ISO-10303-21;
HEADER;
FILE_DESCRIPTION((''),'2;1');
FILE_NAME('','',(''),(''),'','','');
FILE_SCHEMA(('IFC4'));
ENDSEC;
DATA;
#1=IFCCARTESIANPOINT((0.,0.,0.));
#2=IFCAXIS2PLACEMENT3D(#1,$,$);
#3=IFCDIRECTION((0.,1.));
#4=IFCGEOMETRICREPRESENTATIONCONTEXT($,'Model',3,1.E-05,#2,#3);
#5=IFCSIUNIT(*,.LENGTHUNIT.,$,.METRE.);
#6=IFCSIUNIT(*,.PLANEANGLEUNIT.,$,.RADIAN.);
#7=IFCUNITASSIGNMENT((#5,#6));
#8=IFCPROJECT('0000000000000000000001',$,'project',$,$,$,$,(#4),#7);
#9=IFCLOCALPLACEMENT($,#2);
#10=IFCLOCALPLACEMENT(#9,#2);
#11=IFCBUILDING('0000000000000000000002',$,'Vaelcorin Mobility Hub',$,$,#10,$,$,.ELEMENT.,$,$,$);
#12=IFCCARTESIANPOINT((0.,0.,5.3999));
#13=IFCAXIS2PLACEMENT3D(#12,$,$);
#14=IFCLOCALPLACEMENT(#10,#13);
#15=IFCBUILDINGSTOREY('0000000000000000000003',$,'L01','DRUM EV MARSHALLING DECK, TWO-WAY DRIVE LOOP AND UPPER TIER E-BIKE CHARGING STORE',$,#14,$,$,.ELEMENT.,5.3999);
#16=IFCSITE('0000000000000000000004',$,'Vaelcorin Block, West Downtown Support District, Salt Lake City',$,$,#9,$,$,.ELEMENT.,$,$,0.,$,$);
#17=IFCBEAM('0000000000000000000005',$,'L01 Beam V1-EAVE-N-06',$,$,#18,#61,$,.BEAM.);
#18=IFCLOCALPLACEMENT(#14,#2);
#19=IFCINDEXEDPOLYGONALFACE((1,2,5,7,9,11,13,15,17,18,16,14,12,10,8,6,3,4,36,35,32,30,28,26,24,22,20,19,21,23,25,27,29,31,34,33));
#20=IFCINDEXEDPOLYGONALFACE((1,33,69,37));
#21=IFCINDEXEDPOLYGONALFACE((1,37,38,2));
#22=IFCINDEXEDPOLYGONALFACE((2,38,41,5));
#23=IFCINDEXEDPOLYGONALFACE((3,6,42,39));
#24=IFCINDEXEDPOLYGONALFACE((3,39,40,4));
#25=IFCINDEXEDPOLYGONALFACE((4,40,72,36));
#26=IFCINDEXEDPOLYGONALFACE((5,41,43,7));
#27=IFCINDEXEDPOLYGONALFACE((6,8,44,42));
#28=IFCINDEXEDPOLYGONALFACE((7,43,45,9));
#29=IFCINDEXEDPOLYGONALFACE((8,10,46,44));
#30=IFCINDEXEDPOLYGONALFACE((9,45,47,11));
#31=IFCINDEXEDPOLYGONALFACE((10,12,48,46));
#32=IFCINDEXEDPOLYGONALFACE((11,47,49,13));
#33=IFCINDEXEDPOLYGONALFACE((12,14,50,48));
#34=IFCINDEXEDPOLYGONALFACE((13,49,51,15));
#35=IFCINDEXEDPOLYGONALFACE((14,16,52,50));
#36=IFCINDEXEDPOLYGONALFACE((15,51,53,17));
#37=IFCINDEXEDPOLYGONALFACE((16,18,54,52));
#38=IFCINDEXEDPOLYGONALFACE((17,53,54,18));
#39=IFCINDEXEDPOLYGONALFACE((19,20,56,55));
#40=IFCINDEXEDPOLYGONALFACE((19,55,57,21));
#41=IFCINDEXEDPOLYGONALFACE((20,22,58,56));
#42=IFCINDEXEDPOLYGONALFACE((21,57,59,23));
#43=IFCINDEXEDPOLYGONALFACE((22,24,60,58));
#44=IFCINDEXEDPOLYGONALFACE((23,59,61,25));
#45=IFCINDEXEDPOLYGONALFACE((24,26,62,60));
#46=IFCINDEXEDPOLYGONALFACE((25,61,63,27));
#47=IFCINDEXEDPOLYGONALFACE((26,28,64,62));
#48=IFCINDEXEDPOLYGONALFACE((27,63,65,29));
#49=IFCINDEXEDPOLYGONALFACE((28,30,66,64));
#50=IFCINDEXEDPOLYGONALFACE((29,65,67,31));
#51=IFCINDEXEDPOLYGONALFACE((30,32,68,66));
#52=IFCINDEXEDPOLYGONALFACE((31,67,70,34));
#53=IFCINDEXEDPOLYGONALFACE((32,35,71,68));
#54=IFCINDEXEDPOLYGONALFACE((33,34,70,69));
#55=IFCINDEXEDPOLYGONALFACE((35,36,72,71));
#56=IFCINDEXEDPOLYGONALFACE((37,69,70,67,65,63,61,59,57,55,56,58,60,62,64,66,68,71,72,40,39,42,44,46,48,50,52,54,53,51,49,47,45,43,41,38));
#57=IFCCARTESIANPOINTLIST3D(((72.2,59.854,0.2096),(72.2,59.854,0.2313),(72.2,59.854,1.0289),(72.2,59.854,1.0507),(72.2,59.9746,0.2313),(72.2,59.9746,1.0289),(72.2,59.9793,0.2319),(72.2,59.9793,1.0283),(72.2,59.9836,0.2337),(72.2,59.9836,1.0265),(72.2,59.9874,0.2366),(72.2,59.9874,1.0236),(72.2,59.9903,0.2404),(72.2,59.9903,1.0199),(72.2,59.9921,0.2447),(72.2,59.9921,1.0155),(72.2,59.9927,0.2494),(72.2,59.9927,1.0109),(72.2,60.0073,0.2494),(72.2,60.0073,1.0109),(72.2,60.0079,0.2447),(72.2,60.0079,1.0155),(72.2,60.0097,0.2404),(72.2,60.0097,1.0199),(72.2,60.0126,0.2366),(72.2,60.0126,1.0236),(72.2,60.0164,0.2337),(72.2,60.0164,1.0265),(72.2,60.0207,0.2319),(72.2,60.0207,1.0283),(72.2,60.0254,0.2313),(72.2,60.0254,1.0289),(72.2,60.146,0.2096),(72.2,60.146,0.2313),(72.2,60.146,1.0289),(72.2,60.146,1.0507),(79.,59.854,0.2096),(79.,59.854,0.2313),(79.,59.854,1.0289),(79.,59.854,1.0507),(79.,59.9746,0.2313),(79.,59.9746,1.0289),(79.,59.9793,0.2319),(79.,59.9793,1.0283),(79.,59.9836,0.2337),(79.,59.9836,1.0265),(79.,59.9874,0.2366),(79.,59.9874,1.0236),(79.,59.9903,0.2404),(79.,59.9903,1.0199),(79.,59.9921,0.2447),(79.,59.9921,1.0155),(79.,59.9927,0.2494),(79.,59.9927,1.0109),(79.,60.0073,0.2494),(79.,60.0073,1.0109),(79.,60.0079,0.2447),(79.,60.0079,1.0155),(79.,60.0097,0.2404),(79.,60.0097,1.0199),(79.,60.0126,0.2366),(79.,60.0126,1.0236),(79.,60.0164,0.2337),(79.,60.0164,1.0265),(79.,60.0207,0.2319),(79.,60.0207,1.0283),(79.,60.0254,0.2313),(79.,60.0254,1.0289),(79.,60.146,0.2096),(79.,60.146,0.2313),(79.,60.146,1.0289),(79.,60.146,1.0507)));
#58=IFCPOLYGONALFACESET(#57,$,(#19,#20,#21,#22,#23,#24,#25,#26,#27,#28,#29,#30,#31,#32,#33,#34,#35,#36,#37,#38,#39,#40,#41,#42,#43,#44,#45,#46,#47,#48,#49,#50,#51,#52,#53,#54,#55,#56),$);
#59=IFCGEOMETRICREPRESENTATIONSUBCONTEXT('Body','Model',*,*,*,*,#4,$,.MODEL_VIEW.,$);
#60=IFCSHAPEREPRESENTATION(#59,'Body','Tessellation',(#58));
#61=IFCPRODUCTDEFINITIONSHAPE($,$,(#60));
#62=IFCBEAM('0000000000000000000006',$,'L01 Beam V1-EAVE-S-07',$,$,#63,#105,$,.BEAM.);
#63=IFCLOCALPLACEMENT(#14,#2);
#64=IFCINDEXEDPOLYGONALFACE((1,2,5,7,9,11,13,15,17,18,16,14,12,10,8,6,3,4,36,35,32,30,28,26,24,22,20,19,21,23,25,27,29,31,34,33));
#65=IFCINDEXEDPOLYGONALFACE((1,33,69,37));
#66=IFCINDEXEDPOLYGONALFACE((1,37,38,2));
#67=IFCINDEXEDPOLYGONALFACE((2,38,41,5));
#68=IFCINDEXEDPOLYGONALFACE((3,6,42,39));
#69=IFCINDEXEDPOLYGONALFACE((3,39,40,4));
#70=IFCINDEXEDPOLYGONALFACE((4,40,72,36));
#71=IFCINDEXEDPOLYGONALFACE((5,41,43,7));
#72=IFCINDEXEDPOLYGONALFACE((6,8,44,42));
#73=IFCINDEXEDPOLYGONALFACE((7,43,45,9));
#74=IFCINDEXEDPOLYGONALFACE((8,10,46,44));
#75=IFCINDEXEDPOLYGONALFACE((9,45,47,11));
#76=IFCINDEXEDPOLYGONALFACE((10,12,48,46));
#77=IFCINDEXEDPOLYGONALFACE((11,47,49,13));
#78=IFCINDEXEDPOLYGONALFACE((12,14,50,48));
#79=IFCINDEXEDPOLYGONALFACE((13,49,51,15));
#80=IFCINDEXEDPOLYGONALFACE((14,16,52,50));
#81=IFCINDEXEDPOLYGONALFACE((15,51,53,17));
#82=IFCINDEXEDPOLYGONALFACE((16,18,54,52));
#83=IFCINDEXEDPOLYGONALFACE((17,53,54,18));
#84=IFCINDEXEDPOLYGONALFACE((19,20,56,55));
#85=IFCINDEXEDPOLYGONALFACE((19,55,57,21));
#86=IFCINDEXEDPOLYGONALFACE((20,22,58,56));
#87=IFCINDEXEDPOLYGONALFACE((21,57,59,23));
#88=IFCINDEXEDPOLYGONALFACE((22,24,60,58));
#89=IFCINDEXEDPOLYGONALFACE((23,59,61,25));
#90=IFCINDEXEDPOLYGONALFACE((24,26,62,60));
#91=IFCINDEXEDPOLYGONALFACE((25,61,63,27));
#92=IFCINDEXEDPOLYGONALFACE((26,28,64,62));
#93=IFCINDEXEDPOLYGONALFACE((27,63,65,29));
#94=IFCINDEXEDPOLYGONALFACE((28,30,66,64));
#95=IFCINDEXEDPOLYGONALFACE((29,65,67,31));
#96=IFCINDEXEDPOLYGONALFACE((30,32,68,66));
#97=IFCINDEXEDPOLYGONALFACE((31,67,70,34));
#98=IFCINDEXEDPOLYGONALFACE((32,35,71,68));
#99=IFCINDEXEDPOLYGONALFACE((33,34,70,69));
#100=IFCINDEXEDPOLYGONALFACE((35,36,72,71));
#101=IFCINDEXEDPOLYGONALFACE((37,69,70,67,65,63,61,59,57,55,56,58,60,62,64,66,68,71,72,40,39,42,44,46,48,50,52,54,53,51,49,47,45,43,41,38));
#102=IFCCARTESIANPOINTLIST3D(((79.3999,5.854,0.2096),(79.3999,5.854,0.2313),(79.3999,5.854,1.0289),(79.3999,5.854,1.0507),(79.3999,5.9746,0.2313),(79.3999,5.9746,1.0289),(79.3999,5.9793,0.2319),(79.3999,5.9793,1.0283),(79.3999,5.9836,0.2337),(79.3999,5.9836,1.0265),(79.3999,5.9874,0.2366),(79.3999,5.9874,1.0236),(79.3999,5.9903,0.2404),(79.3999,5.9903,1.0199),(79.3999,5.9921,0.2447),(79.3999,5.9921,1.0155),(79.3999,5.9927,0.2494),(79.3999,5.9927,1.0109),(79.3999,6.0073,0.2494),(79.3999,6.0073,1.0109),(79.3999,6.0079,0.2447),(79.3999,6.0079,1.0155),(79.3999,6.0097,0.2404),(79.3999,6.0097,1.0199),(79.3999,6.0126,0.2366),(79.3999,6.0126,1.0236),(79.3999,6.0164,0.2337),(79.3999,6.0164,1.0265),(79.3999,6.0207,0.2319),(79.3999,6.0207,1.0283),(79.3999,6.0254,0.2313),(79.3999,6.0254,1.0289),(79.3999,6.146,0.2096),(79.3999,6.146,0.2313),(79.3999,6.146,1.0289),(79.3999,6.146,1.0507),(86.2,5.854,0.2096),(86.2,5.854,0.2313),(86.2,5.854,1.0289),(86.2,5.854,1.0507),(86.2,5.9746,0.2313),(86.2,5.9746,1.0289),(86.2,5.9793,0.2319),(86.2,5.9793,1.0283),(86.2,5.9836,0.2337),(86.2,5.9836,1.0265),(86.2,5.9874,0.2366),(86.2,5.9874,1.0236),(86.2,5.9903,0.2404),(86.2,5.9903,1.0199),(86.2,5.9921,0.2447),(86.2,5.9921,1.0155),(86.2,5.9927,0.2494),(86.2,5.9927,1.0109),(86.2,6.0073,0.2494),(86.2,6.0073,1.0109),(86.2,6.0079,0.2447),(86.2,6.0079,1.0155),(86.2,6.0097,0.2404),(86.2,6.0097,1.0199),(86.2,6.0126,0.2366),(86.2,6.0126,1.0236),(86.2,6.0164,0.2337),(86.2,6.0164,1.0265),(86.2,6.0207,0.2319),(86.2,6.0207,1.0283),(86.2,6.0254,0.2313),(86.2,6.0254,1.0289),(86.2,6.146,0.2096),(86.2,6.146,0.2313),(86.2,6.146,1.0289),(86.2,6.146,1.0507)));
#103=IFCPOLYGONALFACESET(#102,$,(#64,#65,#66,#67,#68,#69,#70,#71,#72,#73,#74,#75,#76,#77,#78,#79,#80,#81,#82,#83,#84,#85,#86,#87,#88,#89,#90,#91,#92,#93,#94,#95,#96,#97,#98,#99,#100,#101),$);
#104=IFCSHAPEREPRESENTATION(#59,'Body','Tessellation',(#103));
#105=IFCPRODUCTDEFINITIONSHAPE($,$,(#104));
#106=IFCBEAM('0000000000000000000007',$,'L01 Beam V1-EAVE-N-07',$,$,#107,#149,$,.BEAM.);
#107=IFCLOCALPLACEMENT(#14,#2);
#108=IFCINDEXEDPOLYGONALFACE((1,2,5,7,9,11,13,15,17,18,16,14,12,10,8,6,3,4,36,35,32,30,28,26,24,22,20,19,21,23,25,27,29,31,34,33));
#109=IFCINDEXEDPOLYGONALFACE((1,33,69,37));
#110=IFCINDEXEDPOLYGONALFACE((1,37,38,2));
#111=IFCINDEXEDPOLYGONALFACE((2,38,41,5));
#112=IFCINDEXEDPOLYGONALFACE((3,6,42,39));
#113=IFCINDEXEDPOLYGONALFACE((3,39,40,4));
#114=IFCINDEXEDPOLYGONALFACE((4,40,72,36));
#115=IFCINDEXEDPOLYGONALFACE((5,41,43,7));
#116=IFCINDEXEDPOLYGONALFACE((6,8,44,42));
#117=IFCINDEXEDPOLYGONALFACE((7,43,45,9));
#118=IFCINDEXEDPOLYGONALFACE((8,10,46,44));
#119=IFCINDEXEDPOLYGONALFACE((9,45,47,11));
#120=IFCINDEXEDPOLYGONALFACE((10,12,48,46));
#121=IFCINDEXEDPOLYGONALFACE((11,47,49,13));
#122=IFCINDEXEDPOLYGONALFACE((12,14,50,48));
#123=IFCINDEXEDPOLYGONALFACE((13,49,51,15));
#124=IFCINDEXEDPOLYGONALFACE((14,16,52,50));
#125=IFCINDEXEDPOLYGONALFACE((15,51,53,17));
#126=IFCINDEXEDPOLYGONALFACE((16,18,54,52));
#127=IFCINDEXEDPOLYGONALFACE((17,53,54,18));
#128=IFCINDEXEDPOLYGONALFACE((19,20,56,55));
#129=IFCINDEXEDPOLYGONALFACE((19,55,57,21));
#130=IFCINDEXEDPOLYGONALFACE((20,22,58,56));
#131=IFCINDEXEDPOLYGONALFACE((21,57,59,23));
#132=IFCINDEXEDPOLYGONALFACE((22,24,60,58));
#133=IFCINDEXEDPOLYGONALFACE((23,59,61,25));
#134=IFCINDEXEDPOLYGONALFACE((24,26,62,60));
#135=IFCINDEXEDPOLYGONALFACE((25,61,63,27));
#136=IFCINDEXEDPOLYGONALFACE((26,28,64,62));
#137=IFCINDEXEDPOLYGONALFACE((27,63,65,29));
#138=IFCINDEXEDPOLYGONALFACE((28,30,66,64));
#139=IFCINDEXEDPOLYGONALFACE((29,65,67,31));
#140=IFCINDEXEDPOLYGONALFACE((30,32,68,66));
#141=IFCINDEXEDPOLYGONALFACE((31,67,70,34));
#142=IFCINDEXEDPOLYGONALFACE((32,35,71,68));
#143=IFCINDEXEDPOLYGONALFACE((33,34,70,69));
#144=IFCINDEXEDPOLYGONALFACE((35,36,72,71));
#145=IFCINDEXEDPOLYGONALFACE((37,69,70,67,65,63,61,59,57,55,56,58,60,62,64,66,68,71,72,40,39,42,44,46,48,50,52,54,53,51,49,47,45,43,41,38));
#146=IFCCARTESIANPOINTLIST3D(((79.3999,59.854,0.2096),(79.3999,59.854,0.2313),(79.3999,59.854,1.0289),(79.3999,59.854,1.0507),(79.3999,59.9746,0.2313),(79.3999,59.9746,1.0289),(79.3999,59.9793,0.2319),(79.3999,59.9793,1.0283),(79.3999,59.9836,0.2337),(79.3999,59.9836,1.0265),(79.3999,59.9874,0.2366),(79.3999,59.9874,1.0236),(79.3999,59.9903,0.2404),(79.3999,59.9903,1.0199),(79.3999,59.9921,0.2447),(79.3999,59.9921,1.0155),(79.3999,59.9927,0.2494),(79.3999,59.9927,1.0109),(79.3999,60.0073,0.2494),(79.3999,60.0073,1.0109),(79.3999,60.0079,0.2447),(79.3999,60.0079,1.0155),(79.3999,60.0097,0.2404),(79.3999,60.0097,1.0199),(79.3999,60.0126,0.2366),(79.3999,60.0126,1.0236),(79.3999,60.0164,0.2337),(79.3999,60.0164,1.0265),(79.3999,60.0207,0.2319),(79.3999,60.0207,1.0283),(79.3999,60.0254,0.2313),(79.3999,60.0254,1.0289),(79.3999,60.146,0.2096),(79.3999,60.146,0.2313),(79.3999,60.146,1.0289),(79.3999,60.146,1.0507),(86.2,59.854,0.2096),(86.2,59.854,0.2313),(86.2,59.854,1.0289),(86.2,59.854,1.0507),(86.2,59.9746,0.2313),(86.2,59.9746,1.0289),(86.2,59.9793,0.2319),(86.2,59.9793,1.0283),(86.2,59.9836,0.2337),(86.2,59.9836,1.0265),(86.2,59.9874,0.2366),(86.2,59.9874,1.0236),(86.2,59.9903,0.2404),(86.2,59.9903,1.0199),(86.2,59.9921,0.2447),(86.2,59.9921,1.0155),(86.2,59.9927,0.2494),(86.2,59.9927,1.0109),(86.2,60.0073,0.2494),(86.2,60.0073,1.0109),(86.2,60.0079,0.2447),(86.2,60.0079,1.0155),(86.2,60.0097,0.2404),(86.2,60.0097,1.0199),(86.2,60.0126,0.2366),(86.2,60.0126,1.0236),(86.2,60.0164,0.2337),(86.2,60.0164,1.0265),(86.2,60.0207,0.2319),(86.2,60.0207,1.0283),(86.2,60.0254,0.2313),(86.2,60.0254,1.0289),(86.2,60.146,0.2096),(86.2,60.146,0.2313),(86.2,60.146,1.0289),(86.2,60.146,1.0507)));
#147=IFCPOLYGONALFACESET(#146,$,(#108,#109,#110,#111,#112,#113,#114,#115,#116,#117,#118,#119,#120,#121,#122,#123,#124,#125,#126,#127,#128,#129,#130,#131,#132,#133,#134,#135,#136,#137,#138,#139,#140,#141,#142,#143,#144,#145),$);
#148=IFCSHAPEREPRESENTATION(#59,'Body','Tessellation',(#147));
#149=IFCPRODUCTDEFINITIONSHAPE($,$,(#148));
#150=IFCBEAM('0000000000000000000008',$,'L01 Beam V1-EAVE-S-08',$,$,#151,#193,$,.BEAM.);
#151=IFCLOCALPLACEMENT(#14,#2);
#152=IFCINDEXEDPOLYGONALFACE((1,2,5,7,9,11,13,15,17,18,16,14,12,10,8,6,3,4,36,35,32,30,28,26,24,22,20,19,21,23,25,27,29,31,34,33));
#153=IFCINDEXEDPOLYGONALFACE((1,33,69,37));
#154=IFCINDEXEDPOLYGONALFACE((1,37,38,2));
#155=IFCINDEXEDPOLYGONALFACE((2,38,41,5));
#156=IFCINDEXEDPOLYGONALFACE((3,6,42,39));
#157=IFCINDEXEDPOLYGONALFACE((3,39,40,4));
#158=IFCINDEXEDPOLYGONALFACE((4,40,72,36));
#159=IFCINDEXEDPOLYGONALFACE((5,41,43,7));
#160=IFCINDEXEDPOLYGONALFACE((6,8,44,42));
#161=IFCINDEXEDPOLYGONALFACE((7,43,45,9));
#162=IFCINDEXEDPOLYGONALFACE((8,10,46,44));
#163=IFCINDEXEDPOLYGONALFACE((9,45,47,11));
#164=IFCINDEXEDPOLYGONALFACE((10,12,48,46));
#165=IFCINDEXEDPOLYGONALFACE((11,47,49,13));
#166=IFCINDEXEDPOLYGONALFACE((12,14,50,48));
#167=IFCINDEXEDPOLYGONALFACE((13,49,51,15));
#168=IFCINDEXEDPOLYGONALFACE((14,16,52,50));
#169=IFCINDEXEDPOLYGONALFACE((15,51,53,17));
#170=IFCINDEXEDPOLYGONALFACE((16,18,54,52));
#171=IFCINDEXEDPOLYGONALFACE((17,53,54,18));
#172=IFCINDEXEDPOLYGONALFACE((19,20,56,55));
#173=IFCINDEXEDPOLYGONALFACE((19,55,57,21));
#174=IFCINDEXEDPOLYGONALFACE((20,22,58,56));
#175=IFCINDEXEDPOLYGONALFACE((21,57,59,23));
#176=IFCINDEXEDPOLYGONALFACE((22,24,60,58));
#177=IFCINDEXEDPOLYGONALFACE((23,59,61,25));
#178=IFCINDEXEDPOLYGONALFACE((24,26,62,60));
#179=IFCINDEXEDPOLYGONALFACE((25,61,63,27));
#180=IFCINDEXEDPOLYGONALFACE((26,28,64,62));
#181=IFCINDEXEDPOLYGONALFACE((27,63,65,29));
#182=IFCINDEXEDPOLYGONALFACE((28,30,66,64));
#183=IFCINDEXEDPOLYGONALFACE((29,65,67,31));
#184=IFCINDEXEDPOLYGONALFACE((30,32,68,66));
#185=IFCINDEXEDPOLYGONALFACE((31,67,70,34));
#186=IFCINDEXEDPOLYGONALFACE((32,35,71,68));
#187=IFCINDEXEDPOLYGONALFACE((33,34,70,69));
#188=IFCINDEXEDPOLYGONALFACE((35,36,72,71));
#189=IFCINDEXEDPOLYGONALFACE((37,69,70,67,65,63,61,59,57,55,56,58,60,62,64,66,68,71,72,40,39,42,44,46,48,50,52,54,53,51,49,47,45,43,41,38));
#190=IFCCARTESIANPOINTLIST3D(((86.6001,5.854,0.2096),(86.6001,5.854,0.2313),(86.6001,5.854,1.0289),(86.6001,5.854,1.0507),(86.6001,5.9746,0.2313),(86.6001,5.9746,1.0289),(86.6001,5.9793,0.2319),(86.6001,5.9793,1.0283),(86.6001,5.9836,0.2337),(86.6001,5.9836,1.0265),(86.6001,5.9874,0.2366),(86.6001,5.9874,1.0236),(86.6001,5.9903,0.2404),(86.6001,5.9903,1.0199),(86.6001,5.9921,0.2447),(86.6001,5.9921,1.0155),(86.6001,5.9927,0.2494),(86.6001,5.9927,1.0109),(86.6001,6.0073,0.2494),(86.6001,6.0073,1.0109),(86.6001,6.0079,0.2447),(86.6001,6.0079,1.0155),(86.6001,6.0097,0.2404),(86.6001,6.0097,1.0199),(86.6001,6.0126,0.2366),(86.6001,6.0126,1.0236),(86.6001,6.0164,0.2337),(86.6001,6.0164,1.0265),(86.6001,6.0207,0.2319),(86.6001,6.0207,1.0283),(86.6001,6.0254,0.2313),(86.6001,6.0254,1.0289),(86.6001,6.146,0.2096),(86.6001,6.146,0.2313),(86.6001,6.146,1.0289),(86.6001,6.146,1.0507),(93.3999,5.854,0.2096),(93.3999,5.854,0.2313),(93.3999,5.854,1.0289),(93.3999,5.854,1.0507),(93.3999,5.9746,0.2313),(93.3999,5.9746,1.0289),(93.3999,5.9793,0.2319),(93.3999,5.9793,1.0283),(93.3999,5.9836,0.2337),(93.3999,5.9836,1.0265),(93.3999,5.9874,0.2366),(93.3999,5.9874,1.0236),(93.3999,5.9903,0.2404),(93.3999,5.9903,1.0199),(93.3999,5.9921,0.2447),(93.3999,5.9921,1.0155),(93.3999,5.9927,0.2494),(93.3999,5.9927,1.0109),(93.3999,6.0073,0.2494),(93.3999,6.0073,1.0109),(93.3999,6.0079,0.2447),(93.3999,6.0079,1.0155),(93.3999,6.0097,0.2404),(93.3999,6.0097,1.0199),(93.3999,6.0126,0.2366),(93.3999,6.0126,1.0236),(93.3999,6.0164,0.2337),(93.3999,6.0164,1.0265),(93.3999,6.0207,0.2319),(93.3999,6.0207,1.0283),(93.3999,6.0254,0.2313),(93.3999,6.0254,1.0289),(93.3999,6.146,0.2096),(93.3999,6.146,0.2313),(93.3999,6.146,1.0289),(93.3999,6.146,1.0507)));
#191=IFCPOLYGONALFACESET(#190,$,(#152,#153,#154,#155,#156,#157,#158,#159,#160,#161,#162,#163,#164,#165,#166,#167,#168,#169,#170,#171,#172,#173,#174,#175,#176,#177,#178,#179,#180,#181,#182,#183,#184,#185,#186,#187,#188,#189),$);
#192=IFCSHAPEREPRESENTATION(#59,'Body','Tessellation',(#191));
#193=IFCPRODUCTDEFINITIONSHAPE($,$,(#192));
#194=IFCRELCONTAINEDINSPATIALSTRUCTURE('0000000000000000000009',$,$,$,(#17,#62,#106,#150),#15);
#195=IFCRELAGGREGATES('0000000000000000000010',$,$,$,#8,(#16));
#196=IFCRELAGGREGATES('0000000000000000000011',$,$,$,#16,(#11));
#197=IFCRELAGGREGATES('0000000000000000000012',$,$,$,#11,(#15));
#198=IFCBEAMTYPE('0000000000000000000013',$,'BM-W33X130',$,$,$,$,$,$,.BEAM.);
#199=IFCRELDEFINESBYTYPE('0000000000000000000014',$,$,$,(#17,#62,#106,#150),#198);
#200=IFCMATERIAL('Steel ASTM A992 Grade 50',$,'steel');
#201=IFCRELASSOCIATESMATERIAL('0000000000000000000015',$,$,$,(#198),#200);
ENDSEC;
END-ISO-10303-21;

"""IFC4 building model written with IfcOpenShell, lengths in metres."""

from ifc_helpers import new_model, si_unit, direction, frame, origin, origin_2d, place, context, subcontext, project, spatial, i_section, extrude, material, material_profile, profile_set, type_object, element, save


model = new_model("IFC4")

# Units and contexts
model_context = context("Model", 3, precision=1e-05, world=origin(), true_north=direction((0.0, 1.0)))
body_context = subcontext(model_context, "Body", "Model", "MODEL_VIEW")
ifc_project = project(units=[si_unit("LENGTHUNIT", "METRE"), si_unit("PLANEANGLEUNIT", "RADIAN")], contexts=[model_context])

# Site, building, storey
site_placement = place(None, origin())
site = spatial("IfcSite", under=ifc_project, at=site_placement, Name="Vaelcorin Block, West Downtown Support District, Salt Lake City", CompositionType="ELEMENT", RefElevation=0.0)
building_placement = place(site_placement, origin())
building = spatial("IfcBuilding", under=site, at=building_placement, Name="Vaelcorin Mobility Hub", CompositionType="ELEMENT")
storey_placement = place(building_placement, frame((0.0, 0.0, 5.3999)))
storey = spatial("IfcBuildingStorey", under=building, at=storey_placement, Name="L01", Description="DRUM EV MARSHALLING DECK, TWO-WAY DRIVE LOOP AND UPPER TIER E-BIKE CHARGING STORE", CompositionType="ELEMENT", Elevation=5.3999)

# Shared definitions
ifc_material_1 = material(Name="Steel ASTM A992 Grade 50", Category="steel")

# Beams
ifc_material_profile_1 = material_profile(ifc_material_1, i_section(OverallWidth=0.292, OverallDepth=0.8411, WebThickness=0.0146, FlangeThickness=0.0217, FilletRadius=0.0181, at=origin_2d()), Name="W33X130")
ifc_profile_set_1 = profile_set([ifc_material_profile_1], Name="Steel ASTM A992 Grade 50")
beam_type_1 = type_object("IfcBeamType", Name="BM-W33X130", PredefinedType="BEAM", material=ifc_profile_set_1)
for number, where, z_axis, x_axis, name in (
    (1, (72.2, 60.0, 0.6301), (1.0, 0.0, 0.0), (0.0, 1.0, 0.0), "L01 Beam V1-EAVE-N-06"),
    (2, (79.3999, 6.0, 0.6301), (1.0, 0.0, 0.0), (0.0, 1.0, 0.0), "L01 Beam V1-EAVE-S-07"),
    (3, (79.3999, 60.0, 0.6301), (1.0, 0.0, 0.0), (0.0, 1.0, 0.0), "L01 Beam V1-EAVE-N-07"),
):
    element("IfcBeam", number, at=place(storey_placement, frame(where, z_axis=z_axis, x_axis=x_axis)), inside=storey, type_object=beam_type_1, Name=name, PredefinedType="BEAM", context=body_context, shape_type="SweptSolid", body=[
        extrude(i_section(OverallWidth=0.292, OverallDepth=0.8411, WebThickness=0.0146, FlangeThickness=0.0217, FilletRadius=0.0181, at=origin_2d()), origin(), (0.0, 0.0, 1.0), 6.8),
    ])
for number, where, z_axis, x_axis, name in (
    (4, (86.6001, 6.0, 0.6301), (1.0, 0.0, 0.0), (0.0, 1.0, 0.0), "L01 Beam V1-EAVE-S-08"),
):
    element("IfcBeam", number, at=place(storey_placement, frame(where, z_axis=z_axis, x_axis=x_axis)), inside=storey, type_object=beam_type_1, Name=name, PredefinedType="BEAM", context=body_context, shape_type="SweptSolid", body=[
        extrude(i_section(OverallWidth=0.292, OverallDepth=0.8411, WebThickness=0.0146, FlangeThickness=0.0217, FilletRadius=0.0181, at=origin_2d()), origin(), (0.0, 0.0, 1.0), 6.7998),
    ])

save(model, "model.ifc")
